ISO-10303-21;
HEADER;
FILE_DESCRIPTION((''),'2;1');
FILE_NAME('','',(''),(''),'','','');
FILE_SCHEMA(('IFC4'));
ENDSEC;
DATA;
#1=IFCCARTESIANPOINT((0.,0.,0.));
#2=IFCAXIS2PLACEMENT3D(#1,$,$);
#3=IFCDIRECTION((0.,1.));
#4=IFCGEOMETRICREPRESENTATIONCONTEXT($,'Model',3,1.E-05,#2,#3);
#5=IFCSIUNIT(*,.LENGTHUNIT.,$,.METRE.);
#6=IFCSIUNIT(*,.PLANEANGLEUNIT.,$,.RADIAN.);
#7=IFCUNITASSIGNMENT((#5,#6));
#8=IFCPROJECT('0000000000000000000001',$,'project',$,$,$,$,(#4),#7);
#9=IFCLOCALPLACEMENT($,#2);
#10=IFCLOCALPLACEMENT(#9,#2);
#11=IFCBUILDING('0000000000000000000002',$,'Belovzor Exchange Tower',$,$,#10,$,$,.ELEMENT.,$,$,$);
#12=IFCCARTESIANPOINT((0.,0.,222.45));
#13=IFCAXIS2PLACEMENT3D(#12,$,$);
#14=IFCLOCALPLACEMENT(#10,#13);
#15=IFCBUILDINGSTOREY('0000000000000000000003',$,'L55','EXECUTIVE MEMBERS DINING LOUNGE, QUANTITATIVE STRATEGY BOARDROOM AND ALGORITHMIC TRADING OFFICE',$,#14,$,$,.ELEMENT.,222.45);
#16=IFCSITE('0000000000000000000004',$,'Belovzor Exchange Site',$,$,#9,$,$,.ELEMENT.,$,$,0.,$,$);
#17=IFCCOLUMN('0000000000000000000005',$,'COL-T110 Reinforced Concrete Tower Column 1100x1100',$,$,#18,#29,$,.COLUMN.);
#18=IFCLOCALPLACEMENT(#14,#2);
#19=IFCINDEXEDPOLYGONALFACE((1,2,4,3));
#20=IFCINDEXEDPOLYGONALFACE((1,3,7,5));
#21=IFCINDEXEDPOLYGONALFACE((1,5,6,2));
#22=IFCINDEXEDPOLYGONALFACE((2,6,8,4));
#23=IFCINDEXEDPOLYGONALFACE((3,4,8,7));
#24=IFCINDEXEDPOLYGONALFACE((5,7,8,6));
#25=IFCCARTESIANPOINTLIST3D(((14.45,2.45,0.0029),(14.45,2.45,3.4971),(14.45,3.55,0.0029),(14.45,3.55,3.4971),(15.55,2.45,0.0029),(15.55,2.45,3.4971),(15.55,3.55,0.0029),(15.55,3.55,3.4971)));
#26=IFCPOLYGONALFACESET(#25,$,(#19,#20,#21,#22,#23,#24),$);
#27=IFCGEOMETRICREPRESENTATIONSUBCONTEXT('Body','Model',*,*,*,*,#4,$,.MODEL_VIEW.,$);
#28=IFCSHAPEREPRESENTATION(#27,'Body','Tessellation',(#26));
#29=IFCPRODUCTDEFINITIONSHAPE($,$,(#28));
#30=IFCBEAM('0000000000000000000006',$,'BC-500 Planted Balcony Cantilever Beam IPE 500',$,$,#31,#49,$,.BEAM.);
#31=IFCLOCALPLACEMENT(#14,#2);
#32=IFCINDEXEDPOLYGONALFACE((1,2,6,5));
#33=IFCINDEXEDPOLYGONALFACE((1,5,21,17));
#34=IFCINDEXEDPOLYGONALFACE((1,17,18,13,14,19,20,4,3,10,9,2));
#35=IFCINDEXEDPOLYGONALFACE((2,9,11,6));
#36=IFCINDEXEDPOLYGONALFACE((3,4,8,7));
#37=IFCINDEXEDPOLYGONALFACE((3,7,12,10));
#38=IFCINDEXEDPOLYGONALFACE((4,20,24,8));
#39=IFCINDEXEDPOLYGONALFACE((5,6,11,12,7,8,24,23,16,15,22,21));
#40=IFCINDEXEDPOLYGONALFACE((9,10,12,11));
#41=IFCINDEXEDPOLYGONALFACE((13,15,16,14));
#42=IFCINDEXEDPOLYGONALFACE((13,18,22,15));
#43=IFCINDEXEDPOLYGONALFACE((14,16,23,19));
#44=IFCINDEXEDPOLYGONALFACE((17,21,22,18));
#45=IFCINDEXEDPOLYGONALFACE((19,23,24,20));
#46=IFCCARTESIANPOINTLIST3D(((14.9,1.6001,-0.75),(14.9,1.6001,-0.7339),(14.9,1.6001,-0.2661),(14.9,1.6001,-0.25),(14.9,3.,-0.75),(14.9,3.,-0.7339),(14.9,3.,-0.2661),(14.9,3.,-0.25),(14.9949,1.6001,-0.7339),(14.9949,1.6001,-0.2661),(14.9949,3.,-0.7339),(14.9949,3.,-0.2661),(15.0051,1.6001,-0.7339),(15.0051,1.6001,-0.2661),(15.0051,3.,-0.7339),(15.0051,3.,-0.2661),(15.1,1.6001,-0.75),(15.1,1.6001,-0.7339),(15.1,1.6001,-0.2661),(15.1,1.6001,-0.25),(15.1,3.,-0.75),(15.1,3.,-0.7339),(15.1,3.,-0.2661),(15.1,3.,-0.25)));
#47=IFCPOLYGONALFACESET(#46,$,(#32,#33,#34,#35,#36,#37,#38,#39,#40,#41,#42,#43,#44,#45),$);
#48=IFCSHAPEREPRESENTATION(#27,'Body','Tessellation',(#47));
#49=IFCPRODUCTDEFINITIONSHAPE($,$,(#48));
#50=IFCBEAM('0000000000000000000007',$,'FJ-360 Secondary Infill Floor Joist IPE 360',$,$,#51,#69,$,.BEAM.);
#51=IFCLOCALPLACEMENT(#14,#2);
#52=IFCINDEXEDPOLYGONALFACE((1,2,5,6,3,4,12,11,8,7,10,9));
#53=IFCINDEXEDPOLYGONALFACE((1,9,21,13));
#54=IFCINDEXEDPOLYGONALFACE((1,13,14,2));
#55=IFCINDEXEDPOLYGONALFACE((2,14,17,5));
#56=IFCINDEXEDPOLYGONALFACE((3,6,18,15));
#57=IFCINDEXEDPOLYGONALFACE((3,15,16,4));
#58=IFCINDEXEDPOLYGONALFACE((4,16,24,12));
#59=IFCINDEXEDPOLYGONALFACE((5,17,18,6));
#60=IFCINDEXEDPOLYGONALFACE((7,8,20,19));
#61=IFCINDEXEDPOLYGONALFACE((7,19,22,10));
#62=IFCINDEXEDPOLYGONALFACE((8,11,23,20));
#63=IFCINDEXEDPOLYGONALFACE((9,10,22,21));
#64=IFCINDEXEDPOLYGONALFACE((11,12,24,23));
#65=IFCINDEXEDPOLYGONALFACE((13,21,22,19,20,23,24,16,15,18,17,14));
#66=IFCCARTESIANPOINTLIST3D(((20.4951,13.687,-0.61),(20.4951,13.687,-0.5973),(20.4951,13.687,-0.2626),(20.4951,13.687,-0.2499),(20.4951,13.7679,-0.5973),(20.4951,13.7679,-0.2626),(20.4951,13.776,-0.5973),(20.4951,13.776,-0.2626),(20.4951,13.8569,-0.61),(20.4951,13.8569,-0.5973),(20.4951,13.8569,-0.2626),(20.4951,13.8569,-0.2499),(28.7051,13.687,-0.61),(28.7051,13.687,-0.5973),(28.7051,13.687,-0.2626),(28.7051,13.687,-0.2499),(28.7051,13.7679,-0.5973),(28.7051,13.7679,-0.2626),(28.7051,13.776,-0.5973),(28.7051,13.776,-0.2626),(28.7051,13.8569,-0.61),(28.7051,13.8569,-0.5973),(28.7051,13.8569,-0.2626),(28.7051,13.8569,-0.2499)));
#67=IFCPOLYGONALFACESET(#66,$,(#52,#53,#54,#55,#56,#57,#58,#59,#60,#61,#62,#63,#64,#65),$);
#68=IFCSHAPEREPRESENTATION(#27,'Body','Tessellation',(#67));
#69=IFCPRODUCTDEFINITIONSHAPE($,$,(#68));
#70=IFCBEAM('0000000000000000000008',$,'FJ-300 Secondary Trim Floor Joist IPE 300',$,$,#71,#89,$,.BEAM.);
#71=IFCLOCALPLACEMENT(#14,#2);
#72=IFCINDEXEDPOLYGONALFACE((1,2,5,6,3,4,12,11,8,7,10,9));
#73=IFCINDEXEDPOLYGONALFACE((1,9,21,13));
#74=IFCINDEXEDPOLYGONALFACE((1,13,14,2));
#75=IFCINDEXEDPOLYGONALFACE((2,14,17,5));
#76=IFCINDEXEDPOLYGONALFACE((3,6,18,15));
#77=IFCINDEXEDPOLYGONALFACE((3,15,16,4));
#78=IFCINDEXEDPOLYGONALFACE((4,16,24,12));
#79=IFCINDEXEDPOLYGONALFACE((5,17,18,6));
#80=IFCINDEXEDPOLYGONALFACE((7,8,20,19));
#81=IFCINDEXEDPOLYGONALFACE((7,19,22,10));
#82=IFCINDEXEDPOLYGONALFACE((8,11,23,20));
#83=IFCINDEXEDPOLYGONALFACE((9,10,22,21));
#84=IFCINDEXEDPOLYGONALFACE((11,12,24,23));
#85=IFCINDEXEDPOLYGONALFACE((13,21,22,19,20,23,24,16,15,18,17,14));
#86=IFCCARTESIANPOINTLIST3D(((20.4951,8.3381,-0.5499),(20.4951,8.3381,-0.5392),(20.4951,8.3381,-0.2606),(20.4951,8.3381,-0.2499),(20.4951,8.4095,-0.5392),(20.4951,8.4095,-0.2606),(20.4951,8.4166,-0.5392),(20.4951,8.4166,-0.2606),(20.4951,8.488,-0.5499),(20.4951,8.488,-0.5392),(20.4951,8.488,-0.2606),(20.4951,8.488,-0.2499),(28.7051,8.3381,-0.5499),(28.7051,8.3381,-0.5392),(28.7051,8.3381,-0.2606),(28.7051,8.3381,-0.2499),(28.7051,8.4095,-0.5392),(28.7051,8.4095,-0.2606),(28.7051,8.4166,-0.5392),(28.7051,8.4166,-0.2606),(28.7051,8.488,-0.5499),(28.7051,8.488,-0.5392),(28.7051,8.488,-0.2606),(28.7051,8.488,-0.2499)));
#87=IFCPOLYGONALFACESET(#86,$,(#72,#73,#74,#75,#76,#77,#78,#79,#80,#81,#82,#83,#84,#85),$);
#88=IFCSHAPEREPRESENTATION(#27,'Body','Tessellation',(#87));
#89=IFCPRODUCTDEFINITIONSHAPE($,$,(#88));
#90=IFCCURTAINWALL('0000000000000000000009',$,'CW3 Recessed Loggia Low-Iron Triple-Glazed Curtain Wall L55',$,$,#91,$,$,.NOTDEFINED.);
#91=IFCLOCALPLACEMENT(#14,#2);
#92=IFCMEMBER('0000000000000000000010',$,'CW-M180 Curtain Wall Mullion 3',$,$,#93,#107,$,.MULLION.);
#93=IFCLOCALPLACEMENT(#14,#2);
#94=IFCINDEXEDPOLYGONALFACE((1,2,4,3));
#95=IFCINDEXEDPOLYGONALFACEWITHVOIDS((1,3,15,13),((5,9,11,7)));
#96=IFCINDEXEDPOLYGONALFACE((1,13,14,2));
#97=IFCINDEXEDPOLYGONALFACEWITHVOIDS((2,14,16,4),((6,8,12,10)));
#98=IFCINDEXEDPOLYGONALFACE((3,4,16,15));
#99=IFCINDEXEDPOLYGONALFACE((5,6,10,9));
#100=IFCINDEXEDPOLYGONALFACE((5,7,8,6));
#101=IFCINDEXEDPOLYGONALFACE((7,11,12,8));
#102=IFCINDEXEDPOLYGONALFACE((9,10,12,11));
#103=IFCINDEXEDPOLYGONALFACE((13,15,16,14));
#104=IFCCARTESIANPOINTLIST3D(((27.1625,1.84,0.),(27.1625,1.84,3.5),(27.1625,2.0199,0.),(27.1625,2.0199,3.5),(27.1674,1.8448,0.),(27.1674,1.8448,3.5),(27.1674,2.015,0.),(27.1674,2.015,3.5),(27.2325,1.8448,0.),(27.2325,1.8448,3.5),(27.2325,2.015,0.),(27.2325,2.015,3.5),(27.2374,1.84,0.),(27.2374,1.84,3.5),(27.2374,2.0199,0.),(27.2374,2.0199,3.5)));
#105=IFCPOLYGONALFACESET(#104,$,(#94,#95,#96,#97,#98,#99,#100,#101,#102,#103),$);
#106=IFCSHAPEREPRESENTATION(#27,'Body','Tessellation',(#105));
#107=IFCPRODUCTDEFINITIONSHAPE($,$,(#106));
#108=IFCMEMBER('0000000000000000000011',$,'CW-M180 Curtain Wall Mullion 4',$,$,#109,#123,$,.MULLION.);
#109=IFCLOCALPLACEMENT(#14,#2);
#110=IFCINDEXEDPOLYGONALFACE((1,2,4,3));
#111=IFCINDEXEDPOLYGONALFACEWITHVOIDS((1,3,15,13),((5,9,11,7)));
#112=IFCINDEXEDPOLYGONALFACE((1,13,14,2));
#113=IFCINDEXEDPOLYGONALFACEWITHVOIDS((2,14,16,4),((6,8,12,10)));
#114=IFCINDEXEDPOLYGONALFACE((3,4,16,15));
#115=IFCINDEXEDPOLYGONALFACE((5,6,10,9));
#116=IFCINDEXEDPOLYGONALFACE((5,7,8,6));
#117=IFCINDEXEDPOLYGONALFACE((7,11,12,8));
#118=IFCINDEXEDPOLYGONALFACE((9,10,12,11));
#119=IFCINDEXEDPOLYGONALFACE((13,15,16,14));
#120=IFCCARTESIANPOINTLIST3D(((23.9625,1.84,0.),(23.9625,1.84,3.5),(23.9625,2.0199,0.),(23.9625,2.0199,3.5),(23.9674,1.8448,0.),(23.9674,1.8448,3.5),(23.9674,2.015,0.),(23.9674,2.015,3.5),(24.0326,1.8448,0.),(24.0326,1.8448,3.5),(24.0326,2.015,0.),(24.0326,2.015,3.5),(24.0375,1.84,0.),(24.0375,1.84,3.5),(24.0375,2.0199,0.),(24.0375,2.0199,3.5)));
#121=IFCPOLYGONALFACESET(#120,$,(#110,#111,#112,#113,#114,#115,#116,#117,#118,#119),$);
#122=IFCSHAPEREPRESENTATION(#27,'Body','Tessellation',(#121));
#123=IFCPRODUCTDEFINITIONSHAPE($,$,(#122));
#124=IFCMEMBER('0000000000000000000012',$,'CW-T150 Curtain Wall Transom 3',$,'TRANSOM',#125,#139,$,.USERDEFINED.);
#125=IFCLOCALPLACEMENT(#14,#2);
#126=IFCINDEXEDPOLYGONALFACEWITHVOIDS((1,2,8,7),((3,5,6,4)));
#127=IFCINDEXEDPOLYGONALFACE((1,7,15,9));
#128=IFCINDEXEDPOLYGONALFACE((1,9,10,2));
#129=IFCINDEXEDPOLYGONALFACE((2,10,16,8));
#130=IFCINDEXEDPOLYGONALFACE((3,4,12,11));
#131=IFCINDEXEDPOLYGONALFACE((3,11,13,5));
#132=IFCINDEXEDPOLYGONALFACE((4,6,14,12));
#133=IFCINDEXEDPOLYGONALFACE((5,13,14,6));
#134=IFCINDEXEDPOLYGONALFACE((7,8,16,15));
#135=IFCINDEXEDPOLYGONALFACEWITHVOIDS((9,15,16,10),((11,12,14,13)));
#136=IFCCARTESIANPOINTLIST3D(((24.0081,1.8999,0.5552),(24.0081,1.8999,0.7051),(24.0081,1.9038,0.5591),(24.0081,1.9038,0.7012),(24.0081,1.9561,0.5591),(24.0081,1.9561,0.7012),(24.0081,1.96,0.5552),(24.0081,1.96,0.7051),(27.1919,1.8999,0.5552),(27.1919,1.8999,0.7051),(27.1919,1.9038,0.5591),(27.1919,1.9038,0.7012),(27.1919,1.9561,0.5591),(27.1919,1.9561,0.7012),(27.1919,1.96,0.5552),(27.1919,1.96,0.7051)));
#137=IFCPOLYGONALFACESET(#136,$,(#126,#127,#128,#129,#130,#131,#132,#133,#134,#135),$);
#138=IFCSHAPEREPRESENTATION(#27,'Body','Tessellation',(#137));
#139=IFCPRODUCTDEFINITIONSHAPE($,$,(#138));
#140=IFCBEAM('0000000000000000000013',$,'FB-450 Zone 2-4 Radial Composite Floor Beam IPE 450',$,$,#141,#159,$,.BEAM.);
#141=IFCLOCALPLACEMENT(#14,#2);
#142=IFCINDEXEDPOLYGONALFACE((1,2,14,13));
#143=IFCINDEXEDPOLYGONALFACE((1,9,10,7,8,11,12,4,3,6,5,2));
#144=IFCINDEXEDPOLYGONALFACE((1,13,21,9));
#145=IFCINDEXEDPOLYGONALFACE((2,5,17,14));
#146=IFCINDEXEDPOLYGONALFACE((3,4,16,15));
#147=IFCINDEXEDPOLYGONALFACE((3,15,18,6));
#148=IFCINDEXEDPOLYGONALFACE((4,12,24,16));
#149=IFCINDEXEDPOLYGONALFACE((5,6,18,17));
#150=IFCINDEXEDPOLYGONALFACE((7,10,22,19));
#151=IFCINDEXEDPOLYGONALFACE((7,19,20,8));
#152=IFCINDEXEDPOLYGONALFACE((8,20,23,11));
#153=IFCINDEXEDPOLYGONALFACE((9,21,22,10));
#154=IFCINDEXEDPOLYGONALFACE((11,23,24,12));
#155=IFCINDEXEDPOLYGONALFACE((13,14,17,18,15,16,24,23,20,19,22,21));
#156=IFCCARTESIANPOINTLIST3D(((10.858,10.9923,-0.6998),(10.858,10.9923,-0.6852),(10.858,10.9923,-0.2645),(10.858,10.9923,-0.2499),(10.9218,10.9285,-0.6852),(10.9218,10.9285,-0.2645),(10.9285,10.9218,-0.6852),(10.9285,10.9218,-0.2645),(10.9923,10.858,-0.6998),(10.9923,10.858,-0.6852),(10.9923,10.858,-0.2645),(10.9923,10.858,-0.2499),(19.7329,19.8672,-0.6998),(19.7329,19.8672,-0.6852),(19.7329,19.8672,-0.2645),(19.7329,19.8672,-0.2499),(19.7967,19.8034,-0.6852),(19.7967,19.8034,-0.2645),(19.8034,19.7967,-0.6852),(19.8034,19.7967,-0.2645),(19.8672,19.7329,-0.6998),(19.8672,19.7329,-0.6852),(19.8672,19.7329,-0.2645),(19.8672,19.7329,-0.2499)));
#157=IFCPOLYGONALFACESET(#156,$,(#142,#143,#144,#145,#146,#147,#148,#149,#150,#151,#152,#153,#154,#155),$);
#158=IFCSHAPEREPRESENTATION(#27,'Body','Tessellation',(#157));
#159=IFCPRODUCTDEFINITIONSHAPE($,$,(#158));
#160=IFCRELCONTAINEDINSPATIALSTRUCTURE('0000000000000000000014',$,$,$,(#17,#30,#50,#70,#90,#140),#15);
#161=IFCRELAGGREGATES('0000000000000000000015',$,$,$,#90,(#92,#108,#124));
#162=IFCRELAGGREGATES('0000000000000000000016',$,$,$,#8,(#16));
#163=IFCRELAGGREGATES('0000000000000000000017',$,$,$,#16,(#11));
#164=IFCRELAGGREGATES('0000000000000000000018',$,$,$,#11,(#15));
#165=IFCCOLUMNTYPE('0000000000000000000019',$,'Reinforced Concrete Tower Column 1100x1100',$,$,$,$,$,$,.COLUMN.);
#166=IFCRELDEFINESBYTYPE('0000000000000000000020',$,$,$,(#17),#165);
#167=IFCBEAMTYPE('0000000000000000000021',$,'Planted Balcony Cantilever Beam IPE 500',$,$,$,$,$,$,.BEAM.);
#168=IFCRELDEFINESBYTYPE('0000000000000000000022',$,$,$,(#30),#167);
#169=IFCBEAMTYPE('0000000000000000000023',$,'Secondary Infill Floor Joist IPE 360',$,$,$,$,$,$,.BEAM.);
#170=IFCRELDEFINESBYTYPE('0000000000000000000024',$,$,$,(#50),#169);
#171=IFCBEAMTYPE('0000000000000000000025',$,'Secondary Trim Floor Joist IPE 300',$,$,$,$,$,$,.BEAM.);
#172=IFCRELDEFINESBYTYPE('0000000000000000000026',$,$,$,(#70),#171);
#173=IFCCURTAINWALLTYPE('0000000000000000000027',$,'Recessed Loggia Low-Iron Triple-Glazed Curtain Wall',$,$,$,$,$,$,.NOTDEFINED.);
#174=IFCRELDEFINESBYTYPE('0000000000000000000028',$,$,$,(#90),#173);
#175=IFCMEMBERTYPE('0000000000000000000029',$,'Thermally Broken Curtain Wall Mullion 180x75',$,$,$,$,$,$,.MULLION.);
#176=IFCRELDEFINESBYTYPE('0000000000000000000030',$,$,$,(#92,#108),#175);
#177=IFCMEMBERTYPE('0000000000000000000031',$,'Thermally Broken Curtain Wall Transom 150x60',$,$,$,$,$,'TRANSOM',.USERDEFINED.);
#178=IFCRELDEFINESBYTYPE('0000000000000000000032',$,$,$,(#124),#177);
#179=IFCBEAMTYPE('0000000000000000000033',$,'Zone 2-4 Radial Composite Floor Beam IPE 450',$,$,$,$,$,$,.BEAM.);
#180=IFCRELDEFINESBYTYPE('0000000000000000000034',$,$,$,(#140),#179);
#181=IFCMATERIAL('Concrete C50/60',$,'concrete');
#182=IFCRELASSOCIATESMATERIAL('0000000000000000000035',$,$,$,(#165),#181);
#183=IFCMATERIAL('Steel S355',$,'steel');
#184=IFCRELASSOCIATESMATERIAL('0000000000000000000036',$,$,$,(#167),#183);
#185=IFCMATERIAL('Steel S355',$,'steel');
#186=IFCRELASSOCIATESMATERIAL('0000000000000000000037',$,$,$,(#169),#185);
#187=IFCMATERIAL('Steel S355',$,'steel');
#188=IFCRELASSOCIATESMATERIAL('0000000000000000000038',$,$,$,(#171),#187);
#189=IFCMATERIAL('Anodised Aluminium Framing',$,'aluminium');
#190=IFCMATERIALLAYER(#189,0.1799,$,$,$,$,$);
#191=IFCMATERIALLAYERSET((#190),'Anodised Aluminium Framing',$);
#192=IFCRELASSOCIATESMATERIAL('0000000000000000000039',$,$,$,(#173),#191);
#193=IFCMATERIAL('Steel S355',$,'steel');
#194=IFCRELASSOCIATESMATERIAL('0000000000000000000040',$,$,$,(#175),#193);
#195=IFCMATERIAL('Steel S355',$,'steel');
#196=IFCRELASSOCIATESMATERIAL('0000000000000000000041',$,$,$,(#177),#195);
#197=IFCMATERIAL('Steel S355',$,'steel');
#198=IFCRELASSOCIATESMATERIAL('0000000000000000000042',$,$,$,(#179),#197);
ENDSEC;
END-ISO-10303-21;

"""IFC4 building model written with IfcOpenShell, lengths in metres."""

from ifc_helpers import new_model, si_unit, direction, frame, origin, origin_2d, place, context, subcontext, project, spatial, rectangle, hollow_rectangle, i_section, extrude, material, layer, layer_set, material_profile, profile_set, type_object, element, aggregate, save


model = new_model("IFC4")

# Units and contexts
model_context = context("Model", 3, precision=1e-05, world=origin(), true_north=direction((0.0, 1.0)))
body_context = subcontext(model_context, "Body", "Model", "MODEL_VIEW")
ifc_project = project(units=[si_unit("LENGTHUNIT", "METRE"), si_unit("PLANEANGLEUNIT", "RADIAN")], contexts=[model_context])

# Site, building, storey
site_placement = place(None, origin())
site = spatial("IfcSite", under=ifc_project, at=site_placement, Name="Belovzor Exchange Site", CompositionType="ELEMENT", RefElevation=0.0)
building_placement = place(site_placement, origin())
building = spatial("IfcBuilding", under=site, at=building_placement, Name="Belovzor Exchange Tower", CompositionType="ELEMENT")
storey_placement = place(building_placement, frame((0.0, 0.0, 222.45)))
storey = spatial("IfcBuildingStorey", under=building, at=storey_placement, Name="L55", Description="EXECUTIVE MEMBERS DINING LOUNGE, QUANTITATIVE STRATEGY BOARDROOM AND ALGORITHMIC TRADING OFFICE", CompositionType="ELEMENT", Elevation=222.45)

# Column
ifc_material_1 = material(Name="Concrete C50/60", Category="concrete")
ifc_material_profile_1 = material_profile(ifc_material_1, rectangle(XDim=1.1001, YDim=1.1001, at=origin_2d()))
ifc_profile_set_1 = profile_set([ifc_material_profile_1], Name="Concrete C50/60")
column_type = type_object("IfcColumnType", Name="Reinforced Concrete Tower Column 1100x1100", PredefinedType="COLUMN", material=ifc_profile_set_1)
column_placement = place(storey_placement, frame((15.0, 3.0, 0.0029), z_axis=(0.0, 0.0, 1.0), x_axis=(1.0, 0.0, 0.0)))
element("IfcColumn", 1, at=column_placement, inside=storey, type_object=column_type, Name="COL-T110 Reinforced Concrete Tower Column 1100x1100", PredefinedType="COLUMN", context=body_context, shape_type="SweptSolid", body=[
    extrude(rectangle(XDim=1.1001, YDim=1.1001, at=origin_2d()), origin(), (0.0, 0.0, 1.0), 3.4941),
])

# Beams
ifc_material_2 = material(Name="Steel S355", Category="steel")
ifc_material_profile_2 = material_profile(ifc_material_2, i_section(OverallWidth=0.2, OverallDepth=0.5, WebThickness=0.0103, FlangeThickness=0.0161, at=origin_2d()))
ifc_profile_set_2 = profile_set([ifc_material_profile_2], Name="Steel S355")
beam_type_1 = type_object("IfcBeamType", Name="Planted Balcony Cantilever Beam IPE 500", PredefinedType="BEAM", material=ifc_profile_set_2)
beam_1_placement = place(storey_placement, frame((15.0, 3.0, -0.5), z_axis=(0.0, -1.0, 0.0), x_axis=(1.0, 0.0, 0.0)))
element("IfcBeam", 2, at=beam_1_placement, inside=storey, type_object=beam_type_1, Name="BC-500 Planted Balcony Cantilever Beam IPE 500", PredefinedType="BEAM", context=body_context, shape_type="SweptSolid", body=[
    extrude(i_section(OverallWidth=0.2, OverallDepth=0.5, WebThickness=0.0103, FlangeThickness=0.0161, at=origin_2d()), origin(), (0.0, 0.0, 1.0), 1.3999),
])
ifc_material_3 = material(Name="Steel S355", Category="steel")
ifc_material_profile_3 = material_profile(ifc_material_3, i_section(OverallWidth=0.1699, OverallDepth=0.3601, WebThickness=0.0081, FlangeThickness=0.0127, at=origin_2d()))
ifc_profile_set_3 = profile_set([ifc_material_profile_3], Name="Steel S355")
beam_type_2 = type_object("IfcBeamType", Name="Secondary Infill Floor Joist IPE 360", PredefinedType="BEAM", material=ifc_profile_set_3)
beam_2_placement = place(storey_placement, frame((20.4951, 13.772, -0.4299), z_axis=(1.0, 0.0, 0.0), x_axis=(0.0, 1.0, 0.0)))
element("IfcBeam", 3, at=beam_2_placement, inside=storey, type_object=beam_type_2, Name="FJ-360 Secondary Infill Floor Joist IPE 360", PredefinedType="BEAM", context=body_context, shape_type="SweptSolid", body=[
    extrude(i_section(OverallWidth=0.1699, OverallDepth=0.3601, WebThickness=0.0081, FlangeThickness=0.0127, at=origin_2d()), origin(), (0.0, 0.0, 1.0), 8.21),
])
ifc_material_4 = material(Name="Steel S355", Category="steel")
ifc_material_profile_4 = material_profile(ifc_material_4, i_section(OverallWidth=0.1499, OverallDepth=0.3, WebThickness=0.0071, FlangeThickness=0.0107, at=origin_2d()))
ifc_profile_set_4 = profile_set([ifc_material_profile_4], Name="Steel S355")
beam_type_3 = type_object("IfcBeamType", Name="Secondary Trim Floor Joist IPE 300", PredefinedType="BEAM", material=ifc_profile_set_4)
beam_3_placement = place(storey_placement, frame((20.4951, 8.4131, -0.3999), z_axis=(1.0, 0.0, 0.0), x_axis=(0.0, 1.0, 0.0)))
element("IfcBeam", 4, at=beam_3_placement, inside=storey, type_object=beam_type_3, Name="FJ-300 Secondary Trim Floor Joist IPE 300", PredefinedType="BEAM", context=body_context, shape_type="SweptSolid", body=[
    extrude(i_section(OverallWidth=0.1499, OverallDepth=0.3, WebThickness=0.0071, FlangeThickness=0.0107, at=origin_2d()), origin(), (0.0, 0.0, 1.0), 8.21),
])

# Curtain wall, members
ifc_material_5 = material(Name="Anodised Aluminium Framing", Category="aluminium")
ifc_layer_1 = layer(ifc_material_5, 0.1799)
ifc_layer_set_1 = layer_set([ifc_layer_1], Name="Anodised Aluminium Framing")
curtain_wall_type = type_object("IfcCurtainWallType", Name="Recessed Loggia Low-Iron Triple-Glazed Curtain Wall", PredefinedType="NOTDEFINED", material=ifc_layer_set_1)
curtain_wall_placement = place(storey_placement, origin())
curtain_wall = element("IfcCurtainWall", 5, at=curtain_wall_placement, inside=storey, type_object=curtain_wall_type, Name="CW3 Recessed Loggia Low-Iron Triple-Glazed Curtain Wall L55", PredefinedType="NOTDEFINED")
ifc_material_6 = material(Name="Steel S355", Category="steel")
ifc_material_profile_5 = material_profile(ifc_material_6, hollow_rectangle(XDim=0.075, YDim=0.1799, WallThickness=0.0049, at=origin_2d()))
ifc_profile_set_5 = profile_set([ifc_material_profile_5], Name="Steel S355")
member_type_1 = type_object("IfcMemberType", Name="Thermally Broken Curtain Wall Mullion 180x75", PredefinedType="MULLION", material=ifc_profile_set_5)
member_1_placement = place(storey_placement, frame((27.2, 1.9299, 0.0), z_axis=(0.0, 0.0, 1.0), x_axis=(-1.0, 0.0, 0.0)))
member_1 = element("IfcMember", 6, at=member_1_placement, type_object=member_type_1, Name="CW-M180 Curtain Wall Mullion 3", PredefinedType="MULLION", context=body_context, shape_type="SweptSolid", body=[
    extrude(hollow_rectangle(XDim=0.075, YDim=0.1799, WallThickness=0.0049, at=origin_2d()), origin(), (0.0, 0.0, 1.0), 3.5),
])
member_2_placement = place(storey_placement, frame((24.0, 1.9299, 0.0), z_axis=(0.0, 0.0, 1.0), x_axis=(-1.0, 0.0, 0.0)))
member_2 = element("IfcMember", 7, at=member_2_placement, type_object=member_type_1, Name="CW-M180 Curtain Wall Mullion 4", PredefinedType="MULLION", context=body_context, shape_type="SweptSolid", body=[
    extrude(hollow_rectangle(XDim=0.075, YDim=0.1799, WallThickness=0.0049, at=origin_2d()), origin(), (0.0, 0.0, 1.0), 3.5),
])
ifc_material_7 = material(Name="Steel S355", Category="steel")
ifc_material_profile_6 = material_profile(ifc_material_7, hollow_rectangle(XDim=0.0601, YDim=0.1499, WallThickness=0.0039, at=origin_2d()))
ifc_profile_set_6 = profile_set([ifc_material_profile_6], Name="Steel S355")
member_type_2 = type_object("IfcMemberType", Name="Thermally Broken Curtain Wall Transom 150x60", ElementType="TRANSOM", PredefinedType="USERDEFINED", material=ifc_profile_set_6)
member_3_placement = place(storey_placement, frame((27.1919, 1.9299, 0.6301), z_axis=(-1.0, 0.0, 0.0), x_axis=(0.0, -1.0, 0.0)))
member_3 = element("IfcMember", 8, at=member_3_placement, type_object=member_type_2, Name="CW-T150 Curtain Wall Transom 3", ObjectType="TRANSOM", PredefinedType="USERDEFINED", context=body_context, shape_type="SweptSolid", body=[
    extrude(hollow_rectangle(XDim=0.0601, YDim=0.1499, WallThickness=0.0039, at=origin_2d()), origin(), (0.0, 0.0, 1.0), 3.1838),
])

# Beam
ifc_material_8 = material(Name="Steel S355", Category="steel")
ifc_material_profile_7 = material_profile(ifc_material_8, i_section(OverallWidth=0.1899, OverallDepth=0.45, WebThickness=0.0095, FlangeThickness=0.0146, at=origin_2d()))
ifc_profile_set_7 = profile_set([ifc_material_profile_7], Name="Steel S355")
beam_type_4 = type_object("IfcBeamType", Name="Zone 2-4 Radial Composite Floor Beam IPE 450", PredefinedType="BEAM", material=ifc_profile_set_7)
beam_4_placement = place(storey_placement, frame((19.8, 19.8, -0.4749), z_axis=(-0.707107, -0.707107, 0.0), x_axis=(0.707107, -0.707107, 0.0)))
element("IfcBeam", 9, at=beam_4_placement, inside=storey, type_object=beam_type_4, Name="FB-450 Zone 2-4 Radial Composite Floor Beam IPE 450", PredefinedType="BEAM", context=body_context, shape_type="SweptSolid", body=[
    extrude(i_section(OverallWidth=0.1899, OverallDepth=0.45, WebThickness=0.0095, FlangeThickness=0.0146, at=origin_2d()), origin(), (0.0, 0.0, 1.0), 12.551),
])

aggregate(curtain_wall, [member_1, member_2, member_3])

save(model, "model.ifc")
